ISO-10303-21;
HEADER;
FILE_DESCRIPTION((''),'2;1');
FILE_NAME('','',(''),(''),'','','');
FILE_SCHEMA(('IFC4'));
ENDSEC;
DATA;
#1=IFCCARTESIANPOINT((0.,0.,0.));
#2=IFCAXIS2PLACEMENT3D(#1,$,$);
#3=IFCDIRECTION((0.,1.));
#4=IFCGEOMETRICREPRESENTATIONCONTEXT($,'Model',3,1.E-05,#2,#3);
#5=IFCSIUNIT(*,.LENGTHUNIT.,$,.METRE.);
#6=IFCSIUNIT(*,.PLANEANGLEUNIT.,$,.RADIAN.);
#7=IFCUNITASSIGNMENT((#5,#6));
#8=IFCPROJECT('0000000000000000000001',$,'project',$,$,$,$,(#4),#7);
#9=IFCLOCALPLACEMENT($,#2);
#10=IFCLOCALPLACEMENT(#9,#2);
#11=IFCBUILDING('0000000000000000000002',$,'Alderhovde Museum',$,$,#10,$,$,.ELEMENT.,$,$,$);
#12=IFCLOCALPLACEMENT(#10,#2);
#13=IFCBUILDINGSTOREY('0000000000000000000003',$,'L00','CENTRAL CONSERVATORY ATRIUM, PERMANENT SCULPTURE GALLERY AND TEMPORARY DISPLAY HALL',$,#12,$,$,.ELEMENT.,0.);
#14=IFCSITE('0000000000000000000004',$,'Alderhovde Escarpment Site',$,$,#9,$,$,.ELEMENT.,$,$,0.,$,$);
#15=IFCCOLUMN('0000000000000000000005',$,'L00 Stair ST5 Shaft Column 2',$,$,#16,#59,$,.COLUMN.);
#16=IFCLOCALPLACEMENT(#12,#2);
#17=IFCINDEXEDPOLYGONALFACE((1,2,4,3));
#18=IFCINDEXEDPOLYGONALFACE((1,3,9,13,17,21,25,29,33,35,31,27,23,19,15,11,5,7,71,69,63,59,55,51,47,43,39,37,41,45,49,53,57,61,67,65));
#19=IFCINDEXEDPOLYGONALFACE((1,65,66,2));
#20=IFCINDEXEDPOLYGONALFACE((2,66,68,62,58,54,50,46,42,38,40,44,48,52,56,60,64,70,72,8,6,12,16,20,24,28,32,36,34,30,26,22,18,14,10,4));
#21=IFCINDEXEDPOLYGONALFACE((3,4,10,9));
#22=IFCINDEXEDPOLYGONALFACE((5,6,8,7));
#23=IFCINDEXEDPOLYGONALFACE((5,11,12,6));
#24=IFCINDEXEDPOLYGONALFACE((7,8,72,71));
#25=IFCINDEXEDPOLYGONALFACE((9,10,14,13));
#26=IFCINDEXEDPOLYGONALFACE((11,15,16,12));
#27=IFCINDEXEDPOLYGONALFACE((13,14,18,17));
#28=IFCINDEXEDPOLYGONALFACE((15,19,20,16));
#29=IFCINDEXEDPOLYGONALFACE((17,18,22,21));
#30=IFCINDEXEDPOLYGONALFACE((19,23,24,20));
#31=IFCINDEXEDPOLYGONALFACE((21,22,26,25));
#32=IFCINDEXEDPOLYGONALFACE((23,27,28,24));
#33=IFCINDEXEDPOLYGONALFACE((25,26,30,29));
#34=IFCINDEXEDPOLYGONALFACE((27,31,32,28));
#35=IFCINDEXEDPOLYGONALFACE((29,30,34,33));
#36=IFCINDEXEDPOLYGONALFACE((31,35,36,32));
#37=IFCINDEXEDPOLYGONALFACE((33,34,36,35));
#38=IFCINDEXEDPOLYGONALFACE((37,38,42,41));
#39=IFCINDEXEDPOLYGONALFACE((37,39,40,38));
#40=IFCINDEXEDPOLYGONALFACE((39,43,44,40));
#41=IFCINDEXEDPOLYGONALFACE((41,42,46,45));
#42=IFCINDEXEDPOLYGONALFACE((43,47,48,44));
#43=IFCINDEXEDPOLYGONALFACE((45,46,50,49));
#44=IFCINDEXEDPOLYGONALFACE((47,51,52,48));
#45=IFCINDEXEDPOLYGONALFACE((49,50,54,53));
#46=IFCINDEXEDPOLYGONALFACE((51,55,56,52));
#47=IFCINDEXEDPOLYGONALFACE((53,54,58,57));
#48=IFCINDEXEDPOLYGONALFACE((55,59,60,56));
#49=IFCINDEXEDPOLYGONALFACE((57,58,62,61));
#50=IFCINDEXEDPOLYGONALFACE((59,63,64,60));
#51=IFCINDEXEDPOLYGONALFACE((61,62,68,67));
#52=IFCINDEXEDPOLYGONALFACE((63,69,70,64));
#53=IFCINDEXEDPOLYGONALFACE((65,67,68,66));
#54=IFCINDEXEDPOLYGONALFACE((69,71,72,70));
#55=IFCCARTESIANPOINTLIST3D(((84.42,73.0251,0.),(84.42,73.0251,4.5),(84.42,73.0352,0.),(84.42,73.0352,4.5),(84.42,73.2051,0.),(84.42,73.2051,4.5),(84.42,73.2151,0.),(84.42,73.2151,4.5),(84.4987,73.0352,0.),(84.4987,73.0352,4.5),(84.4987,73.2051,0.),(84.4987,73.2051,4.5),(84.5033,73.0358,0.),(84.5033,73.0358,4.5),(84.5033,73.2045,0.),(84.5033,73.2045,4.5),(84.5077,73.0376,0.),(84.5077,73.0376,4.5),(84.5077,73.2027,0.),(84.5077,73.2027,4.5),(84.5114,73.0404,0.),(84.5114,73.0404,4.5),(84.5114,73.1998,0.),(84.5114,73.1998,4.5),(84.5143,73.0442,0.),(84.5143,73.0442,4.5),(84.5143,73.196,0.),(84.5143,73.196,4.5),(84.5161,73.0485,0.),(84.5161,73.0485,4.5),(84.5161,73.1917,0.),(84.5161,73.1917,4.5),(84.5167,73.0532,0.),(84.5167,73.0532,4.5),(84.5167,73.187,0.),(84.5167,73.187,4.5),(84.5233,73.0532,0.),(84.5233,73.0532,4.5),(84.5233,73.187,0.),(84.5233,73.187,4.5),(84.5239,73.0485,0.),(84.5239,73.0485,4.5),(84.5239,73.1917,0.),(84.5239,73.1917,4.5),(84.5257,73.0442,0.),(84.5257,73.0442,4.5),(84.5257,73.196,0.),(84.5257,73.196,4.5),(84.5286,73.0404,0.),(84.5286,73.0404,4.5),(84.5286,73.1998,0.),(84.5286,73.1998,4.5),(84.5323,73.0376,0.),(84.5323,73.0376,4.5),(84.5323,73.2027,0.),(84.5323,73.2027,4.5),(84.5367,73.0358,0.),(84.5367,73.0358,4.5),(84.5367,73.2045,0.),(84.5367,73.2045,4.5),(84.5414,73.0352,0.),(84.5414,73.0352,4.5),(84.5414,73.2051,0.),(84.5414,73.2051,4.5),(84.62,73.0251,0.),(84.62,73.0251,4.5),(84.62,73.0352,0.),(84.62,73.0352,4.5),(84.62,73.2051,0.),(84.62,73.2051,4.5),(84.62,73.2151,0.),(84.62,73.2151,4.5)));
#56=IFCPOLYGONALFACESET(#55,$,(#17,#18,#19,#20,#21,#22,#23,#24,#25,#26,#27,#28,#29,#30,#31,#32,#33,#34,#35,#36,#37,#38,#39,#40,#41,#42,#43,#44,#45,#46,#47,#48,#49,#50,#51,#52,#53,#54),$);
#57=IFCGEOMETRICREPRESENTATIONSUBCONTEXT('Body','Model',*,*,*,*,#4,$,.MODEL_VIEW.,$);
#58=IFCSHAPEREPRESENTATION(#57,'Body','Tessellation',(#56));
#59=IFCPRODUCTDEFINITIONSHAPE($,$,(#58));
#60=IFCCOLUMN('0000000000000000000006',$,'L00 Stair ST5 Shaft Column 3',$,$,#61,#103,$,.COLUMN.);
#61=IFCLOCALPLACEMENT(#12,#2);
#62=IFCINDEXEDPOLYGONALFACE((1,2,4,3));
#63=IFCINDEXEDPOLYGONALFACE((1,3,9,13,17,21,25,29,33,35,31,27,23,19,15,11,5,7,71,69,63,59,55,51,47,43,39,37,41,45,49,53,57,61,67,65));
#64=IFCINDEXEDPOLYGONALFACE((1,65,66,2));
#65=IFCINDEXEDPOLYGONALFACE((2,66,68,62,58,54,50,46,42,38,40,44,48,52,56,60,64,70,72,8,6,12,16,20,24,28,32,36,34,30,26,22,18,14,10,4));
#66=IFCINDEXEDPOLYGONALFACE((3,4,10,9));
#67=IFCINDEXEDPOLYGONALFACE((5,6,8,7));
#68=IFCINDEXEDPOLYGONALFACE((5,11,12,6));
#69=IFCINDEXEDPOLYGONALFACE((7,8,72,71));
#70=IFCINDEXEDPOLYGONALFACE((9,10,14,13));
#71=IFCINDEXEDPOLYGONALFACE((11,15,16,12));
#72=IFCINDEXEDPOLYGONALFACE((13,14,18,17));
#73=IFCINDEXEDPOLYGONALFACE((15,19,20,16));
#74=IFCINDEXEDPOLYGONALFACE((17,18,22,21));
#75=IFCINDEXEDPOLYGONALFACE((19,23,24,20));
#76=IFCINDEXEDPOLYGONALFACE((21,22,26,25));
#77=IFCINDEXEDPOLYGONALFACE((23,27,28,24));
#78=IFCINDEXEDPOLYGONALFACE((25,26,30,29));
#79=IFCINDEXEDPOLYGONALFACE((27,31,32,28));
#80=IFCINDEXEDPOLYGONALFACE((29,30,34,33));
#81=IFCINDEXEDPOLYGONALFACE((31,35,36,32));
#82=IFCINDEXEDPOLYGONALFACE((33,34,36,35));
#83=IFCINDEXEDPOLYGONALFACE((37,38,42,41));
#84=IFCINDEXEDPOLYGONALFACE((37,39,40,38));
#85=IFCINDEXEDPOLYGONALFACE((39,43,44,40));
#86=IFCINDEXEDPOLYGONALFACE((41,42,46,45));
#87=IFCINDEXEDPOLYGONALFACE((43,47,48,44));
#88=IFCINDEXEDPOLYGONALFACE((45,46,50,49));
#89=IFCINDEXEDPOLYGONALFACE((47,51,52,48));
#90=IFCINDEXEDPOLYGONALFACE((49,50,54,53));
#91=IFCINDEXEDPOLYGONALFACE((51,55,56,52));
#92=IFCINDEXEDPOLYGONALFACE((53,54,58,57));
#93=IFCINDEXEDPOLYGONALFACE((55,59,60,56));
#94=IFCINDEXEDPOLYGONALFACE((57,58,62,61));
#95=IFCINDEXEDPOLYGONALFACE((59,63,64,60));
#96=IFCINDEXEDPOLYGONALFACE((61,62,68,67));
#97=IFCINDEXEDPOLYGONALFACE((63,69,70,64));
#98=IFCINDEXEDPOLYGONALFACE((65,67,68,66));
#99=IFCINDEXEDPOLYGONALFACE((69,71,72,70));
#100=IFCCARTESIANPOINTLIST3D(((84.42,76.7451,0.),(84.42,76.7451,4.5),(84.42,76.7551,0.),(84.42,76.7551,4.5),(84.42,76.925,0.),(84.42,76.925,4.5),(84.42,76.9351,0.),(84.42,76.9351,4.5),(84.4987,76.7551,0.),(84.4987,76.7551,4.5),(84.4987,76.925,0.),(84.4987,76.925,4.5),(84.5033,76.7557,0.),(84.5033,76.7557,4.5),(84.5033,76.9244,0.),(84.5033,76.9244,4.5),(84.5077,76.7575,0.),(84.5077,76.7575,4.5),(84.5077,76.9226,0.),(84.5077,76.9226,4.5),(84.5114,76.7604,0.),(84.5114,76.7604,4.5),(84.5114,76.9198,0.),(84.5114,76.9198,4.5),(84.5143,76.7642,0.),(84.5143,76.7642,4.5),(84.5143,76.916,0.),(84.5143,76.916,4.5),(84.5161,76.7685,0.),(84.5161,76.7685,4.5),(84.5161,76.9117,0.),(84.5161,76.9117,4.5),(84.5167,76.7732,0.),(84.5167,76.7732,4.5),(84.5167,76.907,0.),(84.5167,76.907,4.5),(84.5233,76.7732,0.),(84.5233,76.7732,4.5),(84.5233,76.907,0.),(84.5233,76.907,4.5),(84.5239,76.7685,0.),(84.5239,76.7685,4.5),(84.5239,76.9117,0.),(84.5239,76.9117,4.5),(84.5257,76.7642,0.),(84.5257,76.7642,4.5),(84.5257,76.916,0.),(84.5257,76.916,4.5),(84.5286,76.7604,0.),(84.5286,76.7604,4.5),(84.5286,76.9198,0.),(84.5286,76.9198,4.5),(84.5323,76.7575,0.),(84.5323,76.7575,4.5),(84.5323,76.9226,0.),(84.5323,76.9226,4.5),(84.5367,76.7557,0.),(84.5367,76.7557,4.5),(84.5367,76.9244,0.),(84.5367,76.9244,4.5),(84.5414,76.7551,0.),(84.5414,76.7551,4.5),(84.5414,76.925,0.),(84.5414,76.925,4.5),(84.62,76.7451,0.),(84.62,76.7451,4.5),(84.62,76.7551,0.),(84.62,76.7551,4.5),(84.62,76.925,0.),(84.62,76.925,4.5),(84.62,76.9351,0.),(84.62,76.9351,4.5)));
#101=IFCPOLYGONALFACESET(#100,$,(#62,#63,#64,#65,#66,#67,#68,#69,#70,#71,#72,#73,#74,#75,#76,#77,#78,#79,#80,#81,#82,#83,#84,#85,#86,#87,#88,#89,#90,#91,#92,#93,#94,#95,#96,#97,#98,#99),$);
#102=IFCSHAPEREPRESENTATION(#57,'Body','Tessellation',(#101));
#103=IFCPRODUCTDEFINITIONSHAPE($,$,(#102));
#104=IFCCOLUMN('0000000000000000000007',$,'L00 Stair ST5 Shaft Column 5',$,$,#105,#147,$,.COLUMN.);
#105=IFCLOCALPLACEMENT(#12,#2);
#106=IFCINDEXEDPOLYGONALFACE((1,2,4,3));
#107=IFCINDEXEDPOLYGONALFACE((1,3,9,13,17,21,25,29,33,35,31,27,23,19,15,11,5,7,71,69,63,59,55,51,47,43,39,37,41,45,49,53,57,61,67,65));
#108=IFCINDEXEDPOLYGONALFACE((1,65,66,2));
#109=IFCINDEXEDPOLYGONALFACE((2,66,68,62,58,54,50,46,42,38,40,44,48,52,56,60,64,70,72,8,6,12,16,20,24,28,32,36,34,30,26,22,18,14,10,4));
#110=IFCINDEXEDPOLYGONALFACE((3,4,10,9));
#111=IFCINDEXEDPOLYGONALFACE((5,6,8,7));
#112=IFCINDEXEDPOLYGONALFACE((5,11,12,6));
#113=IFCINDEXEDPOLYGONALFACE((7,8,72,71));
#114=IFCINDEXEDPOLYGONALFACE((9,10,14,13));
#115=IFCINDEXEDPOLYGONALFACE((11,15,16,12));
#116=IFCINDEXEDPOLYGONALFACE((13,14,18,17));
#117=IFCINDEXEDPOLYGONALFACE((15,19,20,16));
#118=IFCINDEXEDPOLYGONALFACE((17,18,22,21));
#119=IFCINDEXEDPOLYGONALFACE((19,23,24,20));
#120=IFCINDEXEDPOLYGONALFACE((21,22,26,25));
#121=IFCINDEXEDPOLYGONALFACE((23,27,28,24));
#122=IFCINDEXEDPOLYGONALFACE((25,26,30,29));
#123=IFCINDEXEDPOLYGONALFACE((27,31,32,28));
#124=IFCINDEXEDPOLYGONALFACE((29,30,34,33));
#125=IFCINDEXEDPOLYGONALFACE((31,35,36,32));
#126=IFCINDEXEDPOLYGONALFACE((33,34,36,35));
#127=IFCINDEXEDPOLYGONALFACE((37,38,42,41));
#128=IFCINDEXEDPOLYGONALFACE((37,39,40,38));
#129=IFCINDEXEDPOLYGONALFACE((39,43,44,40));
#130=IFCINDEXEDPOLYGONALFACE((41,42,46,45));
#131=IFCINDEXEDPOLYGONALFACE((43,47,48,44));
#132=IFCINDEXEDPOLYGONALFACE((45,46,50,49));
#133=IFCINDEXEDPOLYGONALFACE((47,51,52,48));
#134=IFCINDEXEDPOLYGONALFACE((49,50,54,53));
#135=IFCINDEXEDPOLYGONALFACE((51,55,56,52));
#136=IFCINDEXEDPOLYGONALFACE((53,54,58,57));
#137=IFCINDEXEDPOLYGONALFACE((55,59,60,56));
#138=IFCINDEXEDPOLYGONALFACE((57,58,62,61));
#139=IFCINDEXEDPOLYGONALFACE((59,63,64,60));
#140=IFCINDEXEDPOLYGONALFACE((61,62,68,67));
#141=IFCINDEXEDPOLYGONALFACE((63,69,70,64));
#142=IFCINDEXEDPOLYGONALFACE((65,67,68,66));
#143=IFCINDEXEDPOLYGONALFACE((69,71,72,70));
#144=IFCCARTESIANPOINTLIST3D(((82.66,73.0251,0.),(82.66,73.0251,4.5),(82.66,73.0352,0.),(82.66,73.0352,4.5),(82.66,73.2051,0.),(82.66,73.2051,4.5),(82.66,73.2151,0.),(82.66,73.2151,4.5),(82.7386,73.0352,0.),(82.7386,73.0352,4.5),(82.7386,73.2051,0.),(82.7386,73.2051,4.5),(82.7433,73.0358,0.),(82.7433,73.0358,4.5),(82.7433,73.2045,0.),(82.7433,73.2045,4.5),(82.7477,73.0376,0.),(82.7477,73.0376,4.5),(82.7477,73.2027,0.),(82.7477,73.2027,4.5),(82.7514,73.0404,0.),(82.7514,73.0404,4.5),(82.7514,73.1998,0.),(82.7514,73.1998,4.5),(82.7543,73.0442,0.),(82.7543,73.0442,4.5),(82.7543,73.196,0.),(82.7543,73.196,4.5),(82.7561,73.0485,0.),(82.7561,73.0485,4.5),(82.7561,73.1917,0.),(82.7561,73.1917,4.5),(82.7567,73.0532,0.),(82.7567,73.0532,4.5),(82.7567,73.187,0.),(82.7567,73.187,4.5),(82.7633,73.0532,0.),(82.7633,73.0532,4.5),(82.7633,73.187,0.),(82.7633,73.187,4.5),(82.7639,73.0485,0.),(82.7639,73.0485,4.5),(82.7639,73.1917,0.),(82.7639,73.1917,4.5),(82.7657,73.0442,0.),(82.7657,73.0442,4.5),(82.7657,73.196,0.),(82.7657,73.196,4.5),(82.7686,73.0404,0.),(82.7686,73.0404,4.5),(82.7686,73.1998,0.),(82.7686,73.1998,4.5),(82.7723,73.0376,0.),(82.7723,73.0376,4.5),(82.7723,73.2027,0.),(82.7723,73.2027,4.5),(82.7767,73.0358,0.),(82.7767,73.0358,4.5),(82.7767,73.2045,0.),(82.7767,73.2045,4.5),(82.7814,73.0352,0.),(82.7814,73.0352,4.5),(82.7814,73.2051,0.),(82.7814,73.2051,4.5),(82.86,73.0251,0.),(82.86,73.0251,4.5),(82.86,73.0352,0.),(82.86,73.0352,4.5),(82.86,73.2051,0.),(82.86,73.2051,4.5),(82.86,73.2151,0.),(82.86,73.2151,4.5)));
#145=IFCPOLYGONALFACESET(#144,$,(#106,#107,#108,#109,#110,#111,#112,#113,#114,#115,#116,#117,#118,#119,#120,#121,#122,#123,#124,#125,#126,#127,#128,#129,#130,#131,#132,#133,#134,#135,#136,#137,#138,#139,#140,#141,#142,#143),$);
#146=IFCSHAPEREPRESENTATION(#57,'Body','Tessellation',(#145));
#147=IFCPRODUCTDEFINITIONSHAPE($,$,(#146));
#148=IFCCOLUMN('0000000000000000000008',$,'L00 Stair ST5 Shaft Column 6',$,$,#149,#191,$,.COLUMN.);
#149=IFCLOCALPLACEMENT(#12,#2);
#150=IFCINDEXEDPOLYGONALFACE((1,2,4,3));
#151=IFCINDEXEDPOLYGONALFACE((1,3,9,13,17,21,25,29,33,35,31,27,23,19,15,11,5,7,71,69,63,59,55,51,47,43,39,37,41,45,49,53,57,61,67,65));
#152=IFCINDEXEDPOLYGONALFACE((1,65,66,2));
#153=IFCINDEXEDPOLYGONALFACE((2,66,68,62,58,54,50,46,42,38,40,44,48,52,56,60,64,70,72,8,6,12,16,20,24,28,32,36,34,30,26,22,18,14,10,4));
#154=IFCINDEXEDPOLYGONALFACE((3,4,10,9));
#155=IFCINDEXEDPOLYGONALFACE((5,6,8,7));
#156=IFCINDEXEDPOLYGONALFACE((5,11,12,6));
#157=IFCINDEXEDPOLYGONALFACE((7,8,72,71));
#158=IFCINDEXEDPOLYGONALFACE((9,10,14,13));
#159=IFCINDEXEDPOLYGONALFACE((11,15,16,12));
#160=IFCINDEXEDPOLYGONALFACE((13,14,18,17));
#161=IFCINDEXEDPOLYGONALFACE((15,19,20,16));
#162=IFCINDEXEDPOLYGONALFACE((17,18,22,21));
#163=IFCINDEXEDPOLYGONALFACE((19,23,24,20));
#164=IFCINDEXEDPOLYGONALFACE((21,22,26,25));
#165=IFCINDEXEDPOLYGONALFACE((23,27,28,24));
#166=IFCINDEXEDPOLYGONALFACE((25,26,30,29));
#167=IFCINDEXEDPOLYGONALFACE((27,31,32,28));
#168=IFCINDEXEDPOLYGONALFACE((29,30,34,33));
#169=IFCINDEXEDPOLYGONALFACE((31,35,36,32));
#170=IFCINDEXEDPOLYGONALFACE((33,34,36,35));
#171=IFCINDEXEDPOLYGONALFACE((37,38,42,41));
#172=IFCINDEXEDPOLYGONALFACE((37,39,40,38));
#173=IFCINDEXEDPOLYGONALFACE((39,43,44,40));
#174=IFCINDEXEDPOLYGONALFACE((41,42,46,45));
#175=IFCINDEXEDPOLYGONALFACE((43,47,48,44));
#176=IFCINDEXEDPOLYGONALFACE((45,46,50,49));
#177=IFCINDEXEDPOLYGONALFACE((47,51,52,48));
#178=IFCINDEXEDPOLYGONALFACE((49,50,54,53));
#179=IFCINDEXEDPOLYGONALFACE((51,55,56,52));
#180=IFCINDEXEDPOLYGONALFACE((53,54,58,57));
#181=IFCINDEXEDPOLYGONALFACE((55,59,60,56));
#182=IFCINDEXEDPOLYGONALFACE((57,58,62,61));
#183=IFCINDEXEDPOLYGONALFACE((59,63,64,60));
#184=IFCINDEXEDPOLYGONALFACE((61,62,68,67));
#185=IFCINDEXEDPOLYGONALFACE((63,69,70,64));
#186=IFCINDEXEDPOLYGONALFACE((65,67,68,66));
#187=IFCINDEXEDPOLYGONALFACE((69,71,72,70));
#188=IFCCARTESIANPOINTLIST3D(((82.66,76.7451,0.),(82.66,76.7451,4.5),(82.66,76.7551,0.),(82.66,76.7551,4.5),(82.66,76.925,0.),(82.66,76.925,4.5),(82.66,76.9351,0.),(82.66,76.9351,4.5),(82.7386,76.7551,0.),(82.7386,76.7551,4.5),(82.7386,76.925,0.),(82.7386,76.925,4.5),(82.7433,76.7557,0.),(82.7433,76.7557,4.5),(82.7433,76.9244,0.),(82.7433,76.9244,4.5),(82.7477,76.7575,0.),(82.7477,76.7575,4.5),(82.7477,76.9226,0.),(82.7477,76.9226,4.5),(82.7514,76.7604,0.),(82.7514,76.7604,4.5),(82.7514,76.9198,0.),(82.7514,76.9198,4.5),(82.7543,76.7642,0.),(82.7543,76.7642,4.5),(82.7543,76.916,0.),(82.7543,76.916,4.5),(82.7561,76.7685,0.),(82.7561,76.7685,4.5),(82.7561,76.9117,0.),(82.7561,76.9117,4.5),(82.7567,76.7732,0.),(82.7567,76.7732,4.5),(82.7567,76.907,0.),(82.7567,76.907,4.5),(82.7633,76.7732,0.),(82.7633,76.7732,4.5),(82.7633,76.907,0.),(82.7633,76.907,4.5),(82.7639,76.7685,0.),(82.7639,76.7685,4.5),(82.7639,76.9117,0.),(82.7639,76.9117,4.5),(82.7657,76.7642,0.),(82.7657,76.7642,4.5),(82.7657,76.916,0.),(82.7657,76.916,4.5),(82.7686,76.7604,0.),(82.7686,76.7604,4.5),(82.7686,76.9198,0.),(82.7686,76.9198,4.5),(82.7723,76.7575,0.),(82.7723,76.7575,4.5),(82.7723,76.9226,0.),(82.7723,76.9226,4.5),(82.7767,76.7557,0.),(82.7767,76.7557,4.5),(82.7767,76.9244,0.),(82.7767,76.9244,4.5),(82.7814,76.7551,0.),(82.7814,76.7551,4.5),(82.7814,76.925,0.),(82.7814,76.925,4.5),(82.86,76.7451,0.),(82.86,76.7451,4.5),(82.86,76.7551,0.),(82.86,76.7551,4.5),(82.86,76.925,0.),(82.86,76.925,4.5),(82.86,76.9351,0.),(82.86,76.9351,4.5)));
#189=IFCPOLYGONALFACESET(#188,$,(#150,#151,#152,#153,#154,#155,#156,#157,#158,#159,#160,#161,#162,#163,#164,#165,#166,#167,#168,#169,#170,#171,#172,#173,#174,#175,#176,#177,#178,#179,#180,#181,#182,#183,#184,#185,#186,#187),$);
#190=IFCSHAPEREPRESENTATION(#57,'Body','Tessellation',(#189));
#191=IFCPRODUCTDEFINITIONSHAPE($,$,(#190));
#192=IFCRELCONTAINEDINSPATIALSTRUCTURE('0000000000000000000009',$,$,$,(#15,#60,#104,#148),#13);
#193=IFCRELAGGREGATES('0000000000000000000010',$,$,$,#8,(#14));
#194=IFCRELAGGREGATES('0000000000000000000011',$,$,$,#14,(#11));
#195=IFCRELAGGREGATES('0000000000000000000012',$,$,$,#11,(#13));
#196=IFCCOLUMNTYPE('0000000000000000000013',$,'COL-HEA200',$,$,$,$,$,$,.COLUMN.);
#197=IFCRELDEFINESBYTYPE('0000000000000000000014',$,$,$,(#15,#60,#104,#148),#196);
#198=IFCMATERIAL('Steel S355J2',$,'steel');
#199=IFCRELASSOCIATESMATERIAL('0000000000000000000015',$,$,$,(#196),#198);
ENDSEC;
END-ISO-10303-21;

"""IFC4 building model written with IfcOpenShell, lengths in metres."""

from ifc_helpers import new_model, si_unit, direction, frame, origin, origin_2d, place, context, subcontext, project, spatial, i_section, extrude, material, material_profile, profile_set, type_object, element, save


model = new_model("IFC4")

# Units and contexts
model_context = context("Model", 3, precision=1e-05, world=origin(), true_north=direction((0.0, 1.0)))
body_context = subcontext(model_context, "Body", "Model", "MODEL_VIEW")
ifc_project = project(units=[si_unit("LENGTHUNIT", "METRE"), si_unit("PLANEANGLEUNIT", "RADIAN")], contexts=[model_context])

# Site, building, storey
site_placement = place(None, origin())
site = spatial("IfcSite", under=ifc_project, at=site_placement, Name="Alderhovde Escarpment Site", CompositionType="ELEMENT", RefElevation=0.0)
building_placement = place(site_placement, origin())
building = spatial("IfcBuilding", under=site, at=building_placement, Name="Alderhovde Museum", CompositionType="ELEMENT")
storey_placement = place(building_placement, origin())
storey = spatial("IfcBuildingStorey", under=building, at=storey_placement, Name="L00", Description="CENTRAL CONSERVATORY ATRIUM, PERMANENT SCULPTURE GALLERY AND TEMPORARY DISPLAY HALL", CompositionType="ELEMENT", Elevation=0.0)

# Columns
ifc_material_1 = material(Name="Steel S355J2", Category="steel")
ifc_material_profile_1 = material_profile(ifc_material_1, i_section(OverallWidth=0.2, OverallDepth=0.1899, WebThickness=0.0066, FlangeThickness=0.01, FilletRadius=0.0181, at=origin_2d()), Name="HEA 200")
ifc_profile_set_1 = profile_set([ifc_material_profile_1], Name="Steel S355J2")
column_type_1 = type_object("IfcColumnType", Name="COL-HEA200", PredefinedType="COLUMN", material=ifc_profile_set_1)
for number, where, z_axis, x_axis, name in (
    (1, (84.52, 73.1201, 0.0), (0.0, 0.0, 1.0), (1.0, 0.0, 0.0), "L00 Stair ST5 Shaft Column 2"),
    (2, (84.52, 76.8401, 0.0), (0.0, 0.0, 1.0), (1.0, 0.0, 0.0), "L00 Stair ST5 Shaft Column 3"),
    (3, (82.76, 73.1201, 0.0), (0.0, 0.0, 1.0), (1.0, 0.0, 0.0), "L00 Stair ST5 Shaft Column 5"),
    (4, (82.76, 76.8401, 0.0), (0.0, 0.0, 1.0), (1.0, 0.0, 0.0), "L00 Stair ST5 Shaft Column 6"),
):
    element("IfcColumn", number, at=place(storey_placement, frame(where, z_axis=z_axis, x_axis=x_axis)), inside=storey, type_object=column_type_1, Name=name, PredefinedType="COLUMN", context=body_context, shape_type="SweptSolid", body=[
        extrude(i_section(OverallWidth=0.2, OverallDepth=0.1899, WebThickness=0.0066, FlangeThickness=0.01, FilletRadius=0.0181, at=origin_2d()), origin(), (0.0, 0.0, 1.0), 4.5),
    ])

save(model, "model.ifc")
